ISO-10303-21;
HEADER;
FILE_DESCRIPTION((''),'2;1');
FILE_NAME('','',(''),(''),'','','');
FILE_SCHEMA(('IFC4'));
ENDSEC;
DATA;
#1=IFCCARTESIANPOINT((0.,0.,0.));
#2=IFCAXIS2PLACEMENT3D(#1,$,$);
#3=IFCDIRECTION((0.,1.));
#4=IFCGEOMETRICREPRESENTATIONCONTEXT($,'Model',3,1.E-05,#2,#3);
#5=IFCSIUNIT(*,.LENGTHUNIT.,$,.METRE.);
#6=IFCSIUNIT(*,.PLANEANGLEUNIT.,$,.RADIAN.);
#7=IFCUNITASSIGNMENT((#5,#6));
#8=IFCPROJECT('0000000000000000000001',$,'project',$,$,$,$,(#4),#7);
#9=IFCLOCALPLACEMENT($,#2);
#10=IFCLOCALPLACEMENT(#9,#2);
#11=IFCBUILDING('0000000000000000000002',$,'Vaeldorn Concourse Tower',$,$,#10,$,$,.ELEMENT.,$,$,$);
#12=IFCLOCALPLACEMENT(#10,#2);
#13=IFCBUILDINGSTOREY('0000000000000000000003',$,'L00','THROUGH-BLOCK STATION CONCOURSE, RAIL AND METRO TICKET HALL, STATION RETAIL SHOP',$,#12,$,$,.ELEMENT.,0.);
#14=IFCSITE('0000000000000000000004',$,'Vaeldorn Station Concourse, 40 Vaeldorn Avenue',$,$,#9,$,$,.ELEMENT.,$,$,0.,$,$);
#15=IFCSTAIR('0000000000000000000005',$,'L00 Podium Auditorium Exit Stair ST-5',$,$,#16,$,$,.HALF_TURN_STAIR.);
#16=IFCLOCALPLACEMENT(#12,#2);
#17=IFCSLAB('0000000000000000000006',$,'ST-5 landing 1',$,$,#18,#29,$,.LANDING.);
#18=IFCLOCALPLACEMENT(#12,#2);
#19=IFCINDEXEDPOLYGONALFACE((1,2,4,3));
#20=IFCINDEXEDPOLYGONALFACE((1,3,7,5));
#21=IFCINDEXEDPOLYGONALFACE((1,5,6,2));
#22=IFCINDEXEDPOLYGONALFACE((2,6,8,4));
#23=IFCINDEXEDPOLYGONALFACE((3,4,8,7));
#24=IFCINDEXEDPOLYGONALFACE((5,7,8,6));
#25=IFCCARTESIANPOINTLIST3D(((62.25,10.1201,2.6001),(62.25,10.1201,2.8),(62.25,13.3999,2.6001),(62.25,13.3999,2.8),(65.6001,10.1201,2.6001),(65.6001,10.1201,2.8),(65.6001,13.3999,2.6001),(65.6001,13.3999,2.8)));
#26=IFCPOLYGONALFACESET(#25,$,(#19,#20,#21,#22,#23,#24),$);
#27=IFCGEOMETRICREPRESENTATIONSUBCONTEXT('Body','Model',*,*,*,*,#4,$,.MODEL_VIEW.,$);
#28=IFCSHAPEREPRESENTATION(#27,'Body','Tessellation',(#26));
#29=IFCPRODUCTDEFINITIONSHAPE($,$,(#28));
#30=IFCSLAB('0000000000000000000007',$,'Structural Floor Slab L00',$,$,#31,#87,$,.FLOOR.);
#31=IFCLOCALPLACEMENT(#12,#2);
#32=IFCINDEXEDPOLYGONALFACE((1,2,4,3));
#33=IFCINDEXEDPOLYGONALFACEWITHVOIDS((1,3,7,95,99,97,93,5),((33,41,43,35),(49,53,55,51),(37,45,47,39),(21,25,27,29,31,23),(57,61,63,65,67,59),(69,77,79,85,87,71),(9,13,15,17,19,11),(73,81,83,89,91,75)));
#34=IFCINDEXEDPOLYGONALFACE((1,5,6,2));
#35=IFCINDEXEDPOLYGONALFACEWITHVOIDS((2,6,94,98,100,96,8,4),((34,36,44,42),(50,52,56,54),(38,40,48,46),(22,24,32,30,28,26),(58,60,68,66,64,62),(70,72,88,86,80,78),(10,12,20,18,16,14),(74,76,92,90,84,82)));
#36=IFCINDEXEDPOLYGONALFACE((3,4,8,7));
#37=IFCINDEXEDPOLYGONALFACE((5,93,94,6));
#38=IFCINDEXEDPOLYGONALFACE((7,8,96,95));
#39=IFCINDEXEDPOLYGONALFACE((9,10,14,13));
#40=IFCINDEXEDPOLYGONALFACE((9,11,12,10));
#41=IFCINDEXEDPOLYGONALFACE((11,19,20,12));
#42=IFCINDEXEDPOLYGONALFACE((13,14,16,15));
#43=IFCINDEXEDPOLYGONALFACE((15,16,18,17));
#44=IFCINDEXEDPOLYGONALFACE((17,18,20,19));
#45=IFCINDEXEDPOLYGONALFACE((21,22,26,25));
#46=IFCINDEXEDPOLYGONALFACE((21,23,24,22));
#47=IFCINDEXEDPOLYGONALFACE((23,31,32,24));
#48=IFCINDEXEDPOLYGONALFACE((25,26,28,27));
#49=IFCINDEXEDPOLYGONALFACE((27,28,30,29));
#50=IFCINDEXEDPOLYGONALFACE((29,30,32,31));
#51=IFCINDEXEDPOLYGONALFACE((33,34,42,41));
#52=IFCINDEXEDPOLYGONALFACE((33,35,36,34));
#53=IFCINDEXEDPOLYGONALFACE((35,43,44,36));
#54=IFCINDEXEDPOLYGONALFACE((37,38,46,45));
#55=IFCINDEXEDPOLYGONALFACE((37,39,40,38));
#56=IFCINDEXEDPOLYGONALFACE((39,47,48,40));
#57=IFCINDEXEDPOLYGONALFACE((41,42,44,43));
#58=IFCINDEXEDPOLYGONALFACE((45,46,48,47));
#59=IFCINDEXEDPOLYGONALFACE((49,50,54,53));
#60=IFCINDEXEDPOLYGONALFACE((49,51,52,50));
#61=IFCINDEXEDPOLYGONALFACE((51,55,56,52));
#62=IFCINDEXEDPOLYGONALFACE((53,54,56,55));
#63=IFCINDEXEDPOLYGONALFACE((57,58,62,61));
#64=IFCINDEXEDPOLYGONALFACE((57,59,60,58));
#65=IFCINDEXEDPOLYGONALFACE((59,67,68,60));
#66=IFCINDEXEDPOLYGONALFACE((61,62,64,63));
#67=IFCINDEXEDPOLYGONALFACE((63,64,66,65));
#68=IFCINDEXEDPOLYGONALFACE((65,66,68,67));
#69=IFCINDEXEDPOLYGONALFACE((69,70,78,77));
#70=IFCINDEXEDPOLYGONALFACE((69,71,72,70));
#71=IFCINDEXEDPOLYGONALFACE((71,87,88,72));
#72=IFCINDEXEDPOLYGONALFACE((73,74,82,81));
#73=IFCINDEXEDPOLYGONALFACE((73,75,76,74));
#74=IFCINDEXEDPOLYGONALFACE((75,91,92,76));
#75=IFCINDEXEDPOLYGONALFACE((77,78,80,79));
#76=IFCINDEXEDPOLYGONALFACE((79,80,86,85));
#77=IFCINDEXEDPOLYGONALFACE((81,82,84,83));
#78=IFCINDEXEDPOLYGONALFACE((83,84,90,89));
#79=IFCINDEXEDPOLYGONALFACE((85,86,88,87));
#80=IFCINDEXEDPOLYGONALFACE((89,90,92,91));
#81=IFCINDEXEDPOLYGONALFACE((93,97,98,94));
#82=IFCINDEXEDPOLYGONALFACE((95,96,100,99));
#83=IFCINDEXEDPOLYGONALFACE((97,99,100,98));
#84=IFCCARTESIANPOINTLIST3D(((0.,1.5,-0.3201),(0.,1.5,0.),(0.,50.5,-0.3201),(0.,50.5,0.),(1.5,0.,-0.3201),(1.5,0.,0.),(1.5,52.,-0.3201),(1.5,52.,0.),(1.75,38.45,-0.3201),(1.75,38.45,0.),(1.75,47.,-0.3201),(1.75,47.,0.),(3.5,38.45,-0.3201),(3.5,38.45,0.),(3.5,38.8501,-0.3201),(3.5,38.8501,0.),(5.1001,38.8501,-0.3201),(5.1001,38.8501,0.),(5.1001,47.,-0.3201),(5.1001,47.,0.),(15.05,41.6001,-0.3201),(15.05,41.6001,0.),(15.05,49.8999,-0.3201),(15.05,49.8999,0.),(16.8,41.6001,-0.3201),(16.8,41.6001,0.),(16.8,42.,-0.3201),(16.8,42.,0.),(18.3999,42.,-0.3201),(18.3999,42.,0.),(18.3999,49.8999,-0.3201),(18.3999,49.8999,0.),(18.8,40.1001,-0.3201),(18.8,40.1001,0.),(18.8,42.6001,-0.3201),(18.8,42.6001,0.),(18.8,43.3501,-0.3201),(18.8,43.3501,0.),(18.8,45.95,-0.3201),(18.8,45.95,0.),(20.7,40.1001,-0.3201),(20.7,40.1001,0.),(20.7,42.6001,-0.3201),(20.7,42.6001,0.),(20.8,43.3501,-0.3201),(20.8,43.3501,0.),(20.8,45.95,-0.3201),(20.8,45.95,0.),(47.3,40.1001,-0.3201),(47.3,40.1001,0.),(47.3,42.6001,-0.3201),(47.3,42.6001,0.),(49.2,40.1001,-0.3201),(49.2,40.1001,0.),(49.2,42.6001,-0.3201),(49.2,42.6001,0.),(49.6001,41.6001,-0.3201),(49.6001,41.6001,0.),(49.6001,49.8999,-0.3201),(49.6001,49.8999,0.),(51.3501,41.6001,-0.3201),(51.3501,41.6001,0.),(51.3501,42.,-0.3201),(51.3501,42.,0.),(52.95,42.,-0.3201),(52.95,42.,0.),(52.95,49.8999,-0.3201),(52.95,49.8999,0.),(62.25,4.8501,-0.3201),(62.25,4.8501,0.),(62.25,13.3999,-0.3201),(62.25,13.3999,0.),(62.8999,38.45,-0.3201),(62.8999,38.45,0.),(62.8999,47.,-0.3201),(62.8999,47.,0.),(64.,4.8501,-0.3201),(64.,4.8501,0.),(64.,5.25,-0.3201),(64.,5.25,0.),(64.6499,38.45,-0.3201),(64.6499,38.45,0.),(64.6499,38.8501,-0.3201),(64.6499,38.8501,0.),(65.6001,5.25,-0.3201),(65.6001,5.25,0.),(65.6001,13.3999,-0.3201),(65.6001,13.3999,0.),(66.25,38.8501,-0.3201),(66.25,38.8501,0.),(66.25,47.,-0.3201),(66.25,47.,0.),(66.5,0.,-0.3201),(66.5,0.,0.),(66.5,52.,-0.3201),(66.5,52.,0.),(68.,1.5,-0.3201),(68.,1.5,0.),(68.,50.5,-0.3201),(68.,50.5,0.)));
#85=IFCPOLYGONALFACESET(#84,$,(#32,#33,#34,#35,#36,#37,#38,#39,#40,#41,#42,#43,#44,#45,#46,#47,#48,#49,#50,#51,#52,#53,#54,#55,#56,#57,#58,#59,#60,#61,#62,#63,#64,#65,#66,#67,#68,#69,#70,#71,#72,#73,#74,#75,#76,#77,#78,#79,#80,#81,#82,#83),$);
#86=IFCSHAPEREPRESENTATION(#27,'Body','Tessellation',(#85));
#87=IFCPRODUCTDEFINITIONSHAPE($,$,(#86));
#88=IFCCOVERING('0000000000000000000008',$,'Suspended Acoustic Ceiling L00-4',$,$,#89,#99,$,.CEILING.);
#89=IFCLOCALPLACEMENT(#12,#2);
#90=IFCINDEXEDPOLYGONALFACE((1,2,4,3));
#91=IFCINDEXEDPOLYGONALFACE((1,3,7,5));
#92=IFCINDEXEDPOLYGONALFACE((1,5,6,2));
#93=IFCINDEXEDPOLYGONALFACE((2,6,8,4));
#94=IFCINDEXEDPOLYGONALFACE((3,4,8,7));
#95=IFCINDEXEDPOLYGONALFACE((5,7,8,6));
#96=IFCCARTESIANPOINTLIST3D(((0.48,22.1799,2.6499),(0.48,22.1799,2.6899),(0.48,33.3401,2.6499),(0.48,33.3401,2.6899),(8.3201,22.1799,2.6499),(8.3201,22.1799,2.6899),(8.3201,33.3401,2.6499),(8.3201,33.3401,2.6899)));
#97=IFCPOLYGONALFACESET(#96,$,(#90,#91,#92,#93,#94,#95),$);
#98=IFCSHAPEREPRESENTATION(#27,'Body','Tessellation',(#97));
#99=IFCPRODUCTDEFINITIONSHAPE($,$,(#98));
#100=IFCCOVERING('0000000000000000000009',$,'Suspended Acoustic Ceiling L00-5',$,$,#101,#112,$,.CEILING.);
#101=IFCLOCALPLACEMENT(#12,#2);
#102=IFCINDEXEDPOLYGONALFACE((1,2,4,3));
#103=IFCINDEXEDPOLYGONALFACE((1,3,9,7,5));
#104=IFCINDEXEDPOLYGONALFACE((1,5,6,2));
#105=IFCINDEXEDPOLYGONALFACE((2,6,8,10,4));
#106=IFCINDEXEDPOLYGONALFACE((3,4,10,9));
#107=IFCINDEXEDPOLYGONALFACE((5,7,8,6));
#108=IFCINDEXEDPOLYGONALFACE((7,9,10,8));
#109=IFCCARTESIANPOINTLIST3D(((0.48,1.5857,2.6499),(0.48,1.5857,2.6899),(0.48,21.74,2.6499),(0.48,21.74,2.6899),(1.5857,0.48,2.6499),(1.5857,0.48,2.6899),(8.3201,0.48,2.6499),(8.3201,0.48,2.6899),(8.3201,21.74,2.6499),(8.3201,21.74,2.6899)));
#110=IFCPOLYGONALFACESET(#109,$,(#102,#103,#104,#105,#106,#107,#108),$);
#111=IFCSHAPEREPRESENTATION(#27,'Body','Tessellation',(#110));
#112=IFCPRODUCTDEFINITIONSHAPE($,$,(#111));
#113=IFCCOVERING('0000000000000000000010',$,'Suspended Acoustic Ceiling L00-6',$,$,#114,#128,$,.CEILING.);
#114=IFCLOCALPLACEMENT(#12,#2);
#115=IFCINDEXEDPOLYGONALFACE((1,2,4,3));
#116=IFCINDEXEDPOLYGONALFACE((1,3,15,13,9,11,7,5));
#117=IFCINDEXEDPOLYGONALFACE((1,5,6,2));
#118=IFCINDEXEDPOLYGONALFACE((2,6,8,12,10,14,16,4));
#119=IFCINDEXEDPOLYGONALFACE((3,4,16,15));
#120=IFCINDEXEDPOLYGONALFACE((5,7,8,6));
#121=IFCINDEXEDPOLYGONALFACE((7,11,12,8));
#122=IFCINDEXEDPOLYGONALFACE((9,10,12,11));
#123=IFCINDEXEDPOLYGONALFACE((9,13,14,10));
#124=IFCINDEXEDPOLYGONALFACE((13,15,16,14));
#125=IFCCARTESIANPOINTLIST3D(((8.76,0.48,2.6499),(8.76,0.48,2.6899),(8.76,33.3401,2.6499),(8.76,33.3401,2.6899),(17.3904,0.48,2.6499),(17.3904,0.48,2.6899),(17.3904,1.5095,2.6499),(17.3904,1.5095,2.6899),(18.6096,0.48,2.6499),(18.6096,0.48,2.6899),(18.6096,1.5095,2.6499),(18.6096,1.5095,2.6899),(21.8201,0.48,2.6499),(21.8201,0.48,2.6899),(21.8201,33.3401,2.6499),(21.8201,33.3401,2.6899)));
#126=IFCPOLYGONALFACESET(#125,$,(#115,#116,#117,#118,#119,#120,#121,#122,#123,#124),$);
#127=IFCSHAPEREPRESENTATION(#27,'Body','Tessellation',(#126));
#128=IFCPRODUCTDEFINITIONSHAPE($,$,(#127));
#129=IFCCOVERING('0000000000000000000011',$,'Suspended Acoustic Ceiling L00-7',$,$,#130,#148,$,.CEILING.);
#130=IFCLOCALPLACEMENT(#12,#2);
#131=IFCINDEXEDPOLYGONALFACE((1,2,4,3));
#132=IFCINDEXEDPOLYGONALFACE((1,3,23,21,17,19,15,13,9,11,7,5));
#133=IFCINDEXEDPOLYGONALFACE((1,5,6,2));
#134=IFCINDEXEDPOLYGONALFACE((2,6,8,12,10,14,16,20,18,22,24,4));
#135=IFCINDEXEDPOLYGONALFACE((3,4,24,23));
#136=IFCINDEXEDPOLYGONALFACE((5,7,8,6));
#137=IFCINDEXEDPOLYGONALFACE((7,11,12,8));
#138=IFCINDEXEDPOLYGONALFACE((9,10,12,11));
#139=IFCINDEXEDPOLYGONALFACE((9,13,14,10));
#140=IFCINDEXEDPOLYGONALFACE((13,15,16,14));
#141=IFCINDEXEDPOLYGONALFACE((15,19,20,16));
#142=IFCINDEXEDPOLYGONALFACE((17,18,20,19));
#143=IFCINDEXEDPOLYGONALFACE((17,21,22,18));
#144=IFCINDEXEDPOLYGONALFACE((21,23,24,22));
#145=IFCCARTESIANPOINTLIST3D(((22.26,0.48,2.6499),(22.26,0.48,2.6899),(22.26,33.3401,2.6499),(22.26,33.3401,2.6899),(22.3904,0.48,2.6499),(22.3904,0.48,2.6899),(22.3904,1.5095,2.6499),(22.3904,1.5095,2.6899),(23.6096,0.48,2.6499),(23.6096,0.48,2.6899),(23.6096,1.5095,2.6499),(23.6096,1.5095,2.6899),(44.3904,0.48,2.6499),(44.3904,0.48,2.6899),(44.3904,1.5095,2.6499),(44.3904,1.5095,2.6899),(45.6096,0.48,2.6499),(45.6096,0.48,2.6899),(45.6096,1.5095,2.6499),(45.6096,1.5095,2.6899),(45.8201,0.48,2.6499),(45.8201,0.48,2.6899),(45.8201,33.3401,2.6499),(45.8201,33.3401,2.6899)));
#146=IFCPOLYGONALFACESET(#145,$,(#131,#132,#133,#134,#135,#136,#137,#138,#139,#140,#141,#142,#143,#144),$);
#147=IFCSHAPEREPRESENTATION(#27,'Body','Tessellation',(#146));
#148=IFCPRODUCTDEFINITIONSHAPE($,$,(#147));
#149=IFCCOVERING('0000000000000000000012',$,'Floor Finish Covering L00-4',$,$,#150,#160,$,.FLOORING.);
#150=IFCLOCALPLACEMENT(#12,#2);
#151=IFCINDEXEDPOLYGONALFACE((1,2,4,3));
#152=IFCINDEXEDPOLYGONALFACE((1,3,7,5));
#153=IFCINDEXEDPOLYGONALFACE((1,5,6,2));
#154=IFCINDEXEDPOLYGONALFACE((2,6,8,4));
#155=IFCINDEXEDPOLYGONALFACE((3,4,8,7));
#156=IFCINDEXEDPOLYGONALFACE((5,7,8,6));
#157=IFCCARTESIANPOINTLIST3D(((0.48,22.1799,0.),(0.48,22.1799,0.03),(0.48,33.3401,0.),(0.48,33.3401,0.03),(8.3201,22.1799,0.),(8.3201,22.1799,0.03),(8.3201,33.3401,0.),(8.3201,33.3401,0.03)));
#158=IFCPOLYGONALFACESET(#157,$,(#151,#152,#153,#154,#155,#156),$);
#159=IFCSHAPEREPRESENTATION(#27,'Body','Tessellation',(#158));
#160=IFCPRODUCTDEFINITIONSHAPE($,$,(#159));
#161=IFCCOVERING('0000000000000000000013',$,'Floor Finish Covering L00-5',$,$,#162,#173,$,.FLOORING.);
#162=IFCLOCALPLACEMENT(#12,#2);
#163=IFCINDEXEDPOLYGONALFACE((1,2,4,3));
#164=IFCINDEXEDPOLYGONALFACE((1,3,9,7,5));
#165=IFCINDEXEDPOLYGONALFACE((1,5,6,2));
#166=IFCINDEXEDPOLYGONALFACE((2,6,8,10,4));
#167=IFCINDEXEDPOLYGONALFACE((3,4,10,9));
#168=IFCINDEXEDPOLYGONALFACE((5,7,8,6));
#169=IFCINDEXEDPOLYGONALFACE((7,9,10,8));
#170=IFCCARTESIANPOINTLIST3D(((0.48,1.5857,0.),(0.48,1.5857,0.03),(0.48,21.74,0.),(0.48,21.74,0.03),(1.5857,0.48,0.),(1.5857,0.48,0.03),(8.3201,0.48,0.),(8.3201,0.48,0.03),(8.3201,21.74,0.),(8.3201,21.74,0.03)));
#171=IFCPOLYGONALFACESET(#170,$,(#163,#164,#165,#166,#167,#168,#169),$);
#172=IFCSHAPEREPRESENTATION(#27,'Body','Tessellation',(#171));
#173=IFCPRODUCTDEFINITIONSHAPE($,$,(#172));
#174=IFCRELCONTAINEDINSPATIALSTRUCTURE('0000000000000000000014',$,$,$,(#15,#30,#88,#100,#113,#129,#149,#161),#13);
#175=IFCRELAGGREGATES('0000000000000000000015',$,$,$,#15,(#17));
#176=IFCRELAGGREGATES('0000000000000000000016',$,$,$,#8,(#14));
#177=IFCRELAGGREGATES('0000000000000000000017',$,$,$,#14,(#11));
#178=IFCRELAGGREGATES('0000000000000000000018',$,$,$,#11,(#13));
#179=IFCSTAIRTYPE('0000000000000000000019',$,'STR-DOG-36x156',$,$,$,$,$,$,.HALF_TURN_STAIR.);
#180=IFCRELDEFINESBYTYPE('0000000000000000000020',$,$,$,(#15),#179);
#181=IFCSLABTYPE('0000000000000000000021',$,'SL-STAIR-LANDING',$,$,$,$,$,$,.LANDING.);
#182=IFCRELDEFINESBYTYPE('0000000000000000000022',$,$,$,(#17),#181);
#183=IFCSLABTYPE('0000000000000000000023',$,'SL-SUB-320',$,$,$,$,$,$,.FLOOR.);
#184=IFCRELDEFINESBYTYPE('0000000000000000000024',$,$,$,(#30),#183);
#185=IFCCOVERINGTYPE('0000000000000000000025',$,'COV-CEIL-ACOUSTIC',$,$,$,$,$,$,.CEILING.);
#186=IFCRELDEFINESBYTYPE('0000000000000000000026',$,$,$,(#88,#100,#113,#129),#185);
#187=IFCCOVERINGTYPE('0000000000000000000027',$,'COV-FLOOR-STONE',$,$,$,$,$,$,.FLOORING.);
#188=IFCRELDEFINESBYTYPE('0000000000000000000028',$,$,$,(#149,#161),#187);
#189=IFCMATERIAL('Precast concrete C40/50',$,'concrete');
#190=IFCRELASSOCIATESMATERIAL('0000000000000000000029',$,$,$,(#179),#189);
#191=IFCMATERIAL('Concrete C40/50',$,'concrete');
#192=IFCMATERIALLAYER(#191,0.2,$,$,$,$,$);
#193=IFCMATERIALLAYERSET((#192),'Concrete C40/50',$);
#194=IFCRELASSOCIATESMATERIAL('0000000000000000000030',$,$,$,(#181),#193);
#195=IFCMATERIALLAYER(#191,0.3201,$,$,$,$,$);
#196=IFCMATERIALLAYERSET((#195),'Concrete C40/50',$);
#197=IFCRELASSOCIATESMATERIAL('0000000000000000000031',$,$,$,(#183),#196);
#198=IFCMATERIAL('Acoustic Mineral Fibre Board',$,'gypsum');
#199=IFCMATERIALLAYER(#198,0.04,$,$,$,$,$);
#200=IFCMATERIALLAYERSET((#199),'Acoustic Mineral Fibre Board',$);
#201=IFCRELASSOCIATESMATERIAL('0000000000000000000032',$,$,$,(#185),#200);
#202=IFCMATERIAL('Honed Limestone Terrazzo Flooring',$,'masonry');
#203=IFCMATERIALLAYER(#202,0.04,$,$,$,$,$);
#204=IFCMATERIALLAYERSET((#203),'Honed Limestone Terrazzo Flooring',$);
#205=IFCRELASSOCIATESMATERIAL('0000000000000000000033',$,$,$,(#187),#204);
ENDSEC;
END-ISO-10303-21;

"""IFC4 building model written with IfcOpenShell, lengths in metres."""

from ifc_helpers import new_model, si_unit, direction, frame, origin, place, context, subcontext, project, spatial, polyline, outline, extrude, material, layer, layer_set, type_object, element, aggregate, save


model = new_model("IFC4")

# Units and contexts
model_context = context("Model", 3, precision=1e-05, world=origin(), true_north=direction((0.0, 1.0)))
body_context = subcontext(model_context, "Body", "Model", "MODEL_VIEW")
ifc_project = project(units=[si_unit("LENGTHUNIT", "METRE"), si_unit("PLANEANGLEUNIT", "RADIAN")], contexts=[model_context])

# Site, building, storey
site_placement = place(None, origin())
site = spatial("IfcSite", under=ifc_project, at=site_placement, Name="Vaeldorn Station Concourse, 40 Vaeldorn Avenue", CompositionType="ELEMENT", RefElevation=0.0)
building_placement = place(site_placement, origin())
building = spatial("IfcBuilding", under=site, at=building_placement, Name="Vaeldorn Concourse Tower", CompositionType="ELEMENT")
storey_placement = place(building_placement, origin())
storey = spatial("IfcBuildingStorey", under=building, at=storey_placement, Name="L00", Description="THROUGH-BLOCK STATION CONCOURSE, RAIL AND METRO TICKET HALL, STATION RETAIL SHOP", CompositionType="ELEMENT", Elevation=0.0)

# Shared definitions
ifc_material_1 = material(Name="Concrete C40/50", Category="concrete")

# Stair, slab
ifc_material_2 = material(Name="Precast concrete C40/50", Category="concrete")
stair_type = type_object("IfcStairType", Name="STR-DOG-36x156", PredefinedType="HALF_TURN_STAIR", material=ifc_material_2)
ifc_layer_1 = layer(ifc_material_1, 0.2)
ifc_layer_set_1 = layer_set([ifc_layer_1], Name="Concrete C40/50")
slab_type_1 = type_object("IfcSlabType", Name="SL-STAIR-LANDING", PredefinedType="LANDING", material=ifc_layer_set_1)
stair_1_placement = place(storey_placement, origin())
stair_1 = element("IfcStair", 1, at=stair_1_placement, inside=storey, type_object=stair_type, Name="L00 Podium Auditorium Exit Stair ST-5", PredefinedType="HALF_TURN_STAIR")
slab_1_placement = place(storey_placement, frame((0.0, 0.0, 2.6001)))
slab_1 = element("IfcSlab", 2, at=slab_1_placement, type_object=slab_type_1, Name="ST-5 landing 1", PredefinedType="LANDING", context=body_context, shape_type="SweptSolid", body=[
    extrude(outline(polyline([(65.6001, 10.1201), (65.6001, 13.3999), (62.25, 13.3999), (62.25, 10.1201), (65.6001, 10.1201)])), origin(), (0.0, 0.0, 1.0), 0.2),
])
aggregate(stair_1, [slab_1])

# Slab
ifc_layer_2 = layer(ifc_material_1, 0.3201)
ifc_layer_set_2 = layer_set([ifc_layer_2], Name="Concrete C40/50")
slab_type_2 = type_object("IfcSlabType", Name="SL-SUB-320", PredefinedType="FLOOR", material=ifc_layer_set_2)
slab_2_placement = place(storey_placement, frame((0.0, 0.0, -0.3201)))
element("IfcSlab", 3, at=slab_2_placement, inside=storey, type_object=slab_type_2, Name="Structural Floor Slab L00", PredefinedType="FLOOR", context=body_context, shape_type="SweptSolid", body=[
    extrude(outline(polyline([(1.5, 0.0), (66.5, 0.0), (68.0, 1.5), (68.0, 50.5), (66.5, 52.0), (1.5, 52.0), (0.0, 50.5), (0.0, 1.5), (1.5, 0.0)]), holes=[polyline([(18.3999, 42.0), (18.3999, 49.8999), (15.05, 49.8999), (15.05, 41.6001), (16.8, 41.6001), (16.8, 42.0), (18.3999, 42.0)]), polyline([(52.95, 42.0), (52.95, 49.8999), (49.6001, 49.8999), (49.6001, 41.6001), (51.3501, 41.6001), (51.3501, 42.0), (52.95, 42.0)]), polyline([(5.1001, 38.8501), (5.1001, 47.0), (1.75, 47.0), (1.75, 38.45), (3.5, 38.45), (3.5, 38.8501), (5.1001, 38.8501)]), polyline([(66.25, 38.8501), (66.25, 47.0), (62.8999, 47.0), (62.8999, 38.45), (64.6499, 38.45), (64.6499, 38.8501), (66.25, 38.8501)]), polyline([(65.6001, 5.25), (65.6001, 13.3999), (62.25, 13.3999), (62.25, 4.8501), (64.0, 4.8501), (64.0, 5.25), (65.6001, 5.25)]), polyline([(18.8, 43.3501), (20.8, 43.3501), (20.8, 45.95), (18.8, 45.95), (18.8, 43.3501)]), polyline([(18.8, 40.1001), (20.7, 40.1001), (20.7, 42.6001), (18.8, 42.6001), (18.8, 40.1001)]), polyline([(47.3, 40.1001), (49.2, 40.1001), (49.2, 42.6001), (47.3, 42.6001), (47.3, 40.1001)])]), origin(), (0.0, 0.0, 1.0), 0.3201),
])

# Coverings
ifc_material_3 = material(Name="Acoustic Mineral Fibre Board", Category="gypsum")
ifc_layer_3 = layer(ifc_material_3, 0.04)
ifc_layer_set_3 = layer_set([ifc_layer_3], Name="Acoustic Mineral Fibre Board")
covering_type_1 = type_object("IfcCoveringType", Name="COV-CEIL-ACOUSTIC", PredefinedType="CEILING", material=ifc_layer_set_3)
covering_1_placement = place(storey_placement, frame((0.0, 0.0, 2.6499)))
element("IfcCovering", 4, at=covering_1_placement, inside=storey, type_object=covering_type_1, Name="Suspended Acoustic Ceiling L00-4", PredefinedType="CEILING", context=body_context, shape_type="SweptSolid", body=[
    extrude(outline(polyline([(0.48, 33.3401), (8.3201, 33.3401), (8.3201, 22.1799), (0.48, 22.1799), (0.48, 33.3401)])), origin(), (0.0, 0.0, 1.0), 0.04),
])
covering_2_placement = place(storey_placement, frame((0.0, 0.0, 2.6499)))
element("IfcCovering", 5, at=covering_2_placement, inside=storey, type_object=covering_type_1, Name="Suspended Acoustic Ceiling L00-5", PredefinedType="CEILING", context=body_context, shape_type="SweptSolid", body=[
    extrude(outline(polyline([(0.48, 21.74), (8.3201, 21.74), (8.3201, 0.48), (1.5857, 0.48), (0.48, 1.5857), (0.48, 21.74)])), origin(), (0.0, 0.0, 1.0), 0.04),
])
covering_3_placement = place(storey_placement, frame((0.0, 0.0, 2.6499)))
element("IfcCovering", 6, at=covering_3_placement, inside=storey, type_object=covering_type_1, Name="Suspended Acoustic Ceiling L00-6", PredefinedType="CEILING", context=body_context, shape_type="SweptSolid", body=[
    extrude(outline(polyline([(8.76, 33.3401), (21.8201, 33.3401), (21.8201, 0.48), (18.6096, 0.48), (18.6096, 1.5095), (17.3904, 1.5095), (17.3904, 0.48), (8.76, 0.48), (8.76, 33.3401)])), origin(), (0.0, 0.0, 1.0), 0.04),
])
covering_4_placement = place(storey_placement, frame((0.0, 0.0, 2.6499)))
element("IfcCovering", 7, at=covering_4_placement, inside=storey, type_object=covering_type_1, Name="Suspended Acoustic Ceiling L00-7", PredefinedType="CEILING", context=body_context, shape_type="SweptSolid", body=[
    extrude(outline(polyline([(22.26, 33.3401), (45.8201, 33.3401), (45.8201, 0.48), (45.6096, 0.48), (45.6096, 1.5095), (44.3904, 1.5095), (44.3904, 0.48), (23.6096, 0.48), (23.6096, 1.5095), (22.3904, 1.5095), (22.3904, 0.48), (22.26, 0.48), (22.26, 33.3401)])), origin(), (0.0, 0.0, 1.0), 0.04),
])
ifc_material_4 = material(Name="Honed Limestone Terrazzo Flooring", Category="masonry")
ifc_layer_4 = layer(ifc_material_4, 0.04)
ifc_layer_set_4 = layer_set([ifc_layer_4], Name="Honed Limestone Terrazzo Flooring")
covering_type_2 = type_object("IfcCoveringType", Name="COV-FLOOR-STONE", PredefinedType="FLOORING", material=ifc_layer_set_4)
covering_5_placement = place(storey_placement, origin())
element("IfcCovering", 8, at=covering_5_placement, inside=storey, type_object=covering_type_2, Name="Floor Finish Covering L00-4", PredefinedType="FLOORING", context=body_context, shape_type="SweptSolid", body=[
    extrude(outline(polyline([(0.48, 33.3401), (8.3201, 33.3401), (8.3201, 22.1799), (0.48, 22.1799), (0.48, 33.3401)])), origin(), (0.0, 0.0, 1.0), 0.03),
])
covering_6_placement = place(storey_placement, origin())
element("IfcCovering", 9, at=covering_6_placement, inside=storey, type_object=covering_type_2, Name="Floor Finish Covering L00-5", PredefinedType="FLOORING", context=body_context, shape_type="SweptSolid", body=[
    extrude(outline(polyline([(0.48, 21.74), (8.3201, 21.74), (8.3201, 0.48), (1.5857, 0.48), (0.48, 1.5857), (0.48, 21.74)])), origin(), (0.0, 0.0, 1.0), 0.03),
])

save(model, "model.ifc")
